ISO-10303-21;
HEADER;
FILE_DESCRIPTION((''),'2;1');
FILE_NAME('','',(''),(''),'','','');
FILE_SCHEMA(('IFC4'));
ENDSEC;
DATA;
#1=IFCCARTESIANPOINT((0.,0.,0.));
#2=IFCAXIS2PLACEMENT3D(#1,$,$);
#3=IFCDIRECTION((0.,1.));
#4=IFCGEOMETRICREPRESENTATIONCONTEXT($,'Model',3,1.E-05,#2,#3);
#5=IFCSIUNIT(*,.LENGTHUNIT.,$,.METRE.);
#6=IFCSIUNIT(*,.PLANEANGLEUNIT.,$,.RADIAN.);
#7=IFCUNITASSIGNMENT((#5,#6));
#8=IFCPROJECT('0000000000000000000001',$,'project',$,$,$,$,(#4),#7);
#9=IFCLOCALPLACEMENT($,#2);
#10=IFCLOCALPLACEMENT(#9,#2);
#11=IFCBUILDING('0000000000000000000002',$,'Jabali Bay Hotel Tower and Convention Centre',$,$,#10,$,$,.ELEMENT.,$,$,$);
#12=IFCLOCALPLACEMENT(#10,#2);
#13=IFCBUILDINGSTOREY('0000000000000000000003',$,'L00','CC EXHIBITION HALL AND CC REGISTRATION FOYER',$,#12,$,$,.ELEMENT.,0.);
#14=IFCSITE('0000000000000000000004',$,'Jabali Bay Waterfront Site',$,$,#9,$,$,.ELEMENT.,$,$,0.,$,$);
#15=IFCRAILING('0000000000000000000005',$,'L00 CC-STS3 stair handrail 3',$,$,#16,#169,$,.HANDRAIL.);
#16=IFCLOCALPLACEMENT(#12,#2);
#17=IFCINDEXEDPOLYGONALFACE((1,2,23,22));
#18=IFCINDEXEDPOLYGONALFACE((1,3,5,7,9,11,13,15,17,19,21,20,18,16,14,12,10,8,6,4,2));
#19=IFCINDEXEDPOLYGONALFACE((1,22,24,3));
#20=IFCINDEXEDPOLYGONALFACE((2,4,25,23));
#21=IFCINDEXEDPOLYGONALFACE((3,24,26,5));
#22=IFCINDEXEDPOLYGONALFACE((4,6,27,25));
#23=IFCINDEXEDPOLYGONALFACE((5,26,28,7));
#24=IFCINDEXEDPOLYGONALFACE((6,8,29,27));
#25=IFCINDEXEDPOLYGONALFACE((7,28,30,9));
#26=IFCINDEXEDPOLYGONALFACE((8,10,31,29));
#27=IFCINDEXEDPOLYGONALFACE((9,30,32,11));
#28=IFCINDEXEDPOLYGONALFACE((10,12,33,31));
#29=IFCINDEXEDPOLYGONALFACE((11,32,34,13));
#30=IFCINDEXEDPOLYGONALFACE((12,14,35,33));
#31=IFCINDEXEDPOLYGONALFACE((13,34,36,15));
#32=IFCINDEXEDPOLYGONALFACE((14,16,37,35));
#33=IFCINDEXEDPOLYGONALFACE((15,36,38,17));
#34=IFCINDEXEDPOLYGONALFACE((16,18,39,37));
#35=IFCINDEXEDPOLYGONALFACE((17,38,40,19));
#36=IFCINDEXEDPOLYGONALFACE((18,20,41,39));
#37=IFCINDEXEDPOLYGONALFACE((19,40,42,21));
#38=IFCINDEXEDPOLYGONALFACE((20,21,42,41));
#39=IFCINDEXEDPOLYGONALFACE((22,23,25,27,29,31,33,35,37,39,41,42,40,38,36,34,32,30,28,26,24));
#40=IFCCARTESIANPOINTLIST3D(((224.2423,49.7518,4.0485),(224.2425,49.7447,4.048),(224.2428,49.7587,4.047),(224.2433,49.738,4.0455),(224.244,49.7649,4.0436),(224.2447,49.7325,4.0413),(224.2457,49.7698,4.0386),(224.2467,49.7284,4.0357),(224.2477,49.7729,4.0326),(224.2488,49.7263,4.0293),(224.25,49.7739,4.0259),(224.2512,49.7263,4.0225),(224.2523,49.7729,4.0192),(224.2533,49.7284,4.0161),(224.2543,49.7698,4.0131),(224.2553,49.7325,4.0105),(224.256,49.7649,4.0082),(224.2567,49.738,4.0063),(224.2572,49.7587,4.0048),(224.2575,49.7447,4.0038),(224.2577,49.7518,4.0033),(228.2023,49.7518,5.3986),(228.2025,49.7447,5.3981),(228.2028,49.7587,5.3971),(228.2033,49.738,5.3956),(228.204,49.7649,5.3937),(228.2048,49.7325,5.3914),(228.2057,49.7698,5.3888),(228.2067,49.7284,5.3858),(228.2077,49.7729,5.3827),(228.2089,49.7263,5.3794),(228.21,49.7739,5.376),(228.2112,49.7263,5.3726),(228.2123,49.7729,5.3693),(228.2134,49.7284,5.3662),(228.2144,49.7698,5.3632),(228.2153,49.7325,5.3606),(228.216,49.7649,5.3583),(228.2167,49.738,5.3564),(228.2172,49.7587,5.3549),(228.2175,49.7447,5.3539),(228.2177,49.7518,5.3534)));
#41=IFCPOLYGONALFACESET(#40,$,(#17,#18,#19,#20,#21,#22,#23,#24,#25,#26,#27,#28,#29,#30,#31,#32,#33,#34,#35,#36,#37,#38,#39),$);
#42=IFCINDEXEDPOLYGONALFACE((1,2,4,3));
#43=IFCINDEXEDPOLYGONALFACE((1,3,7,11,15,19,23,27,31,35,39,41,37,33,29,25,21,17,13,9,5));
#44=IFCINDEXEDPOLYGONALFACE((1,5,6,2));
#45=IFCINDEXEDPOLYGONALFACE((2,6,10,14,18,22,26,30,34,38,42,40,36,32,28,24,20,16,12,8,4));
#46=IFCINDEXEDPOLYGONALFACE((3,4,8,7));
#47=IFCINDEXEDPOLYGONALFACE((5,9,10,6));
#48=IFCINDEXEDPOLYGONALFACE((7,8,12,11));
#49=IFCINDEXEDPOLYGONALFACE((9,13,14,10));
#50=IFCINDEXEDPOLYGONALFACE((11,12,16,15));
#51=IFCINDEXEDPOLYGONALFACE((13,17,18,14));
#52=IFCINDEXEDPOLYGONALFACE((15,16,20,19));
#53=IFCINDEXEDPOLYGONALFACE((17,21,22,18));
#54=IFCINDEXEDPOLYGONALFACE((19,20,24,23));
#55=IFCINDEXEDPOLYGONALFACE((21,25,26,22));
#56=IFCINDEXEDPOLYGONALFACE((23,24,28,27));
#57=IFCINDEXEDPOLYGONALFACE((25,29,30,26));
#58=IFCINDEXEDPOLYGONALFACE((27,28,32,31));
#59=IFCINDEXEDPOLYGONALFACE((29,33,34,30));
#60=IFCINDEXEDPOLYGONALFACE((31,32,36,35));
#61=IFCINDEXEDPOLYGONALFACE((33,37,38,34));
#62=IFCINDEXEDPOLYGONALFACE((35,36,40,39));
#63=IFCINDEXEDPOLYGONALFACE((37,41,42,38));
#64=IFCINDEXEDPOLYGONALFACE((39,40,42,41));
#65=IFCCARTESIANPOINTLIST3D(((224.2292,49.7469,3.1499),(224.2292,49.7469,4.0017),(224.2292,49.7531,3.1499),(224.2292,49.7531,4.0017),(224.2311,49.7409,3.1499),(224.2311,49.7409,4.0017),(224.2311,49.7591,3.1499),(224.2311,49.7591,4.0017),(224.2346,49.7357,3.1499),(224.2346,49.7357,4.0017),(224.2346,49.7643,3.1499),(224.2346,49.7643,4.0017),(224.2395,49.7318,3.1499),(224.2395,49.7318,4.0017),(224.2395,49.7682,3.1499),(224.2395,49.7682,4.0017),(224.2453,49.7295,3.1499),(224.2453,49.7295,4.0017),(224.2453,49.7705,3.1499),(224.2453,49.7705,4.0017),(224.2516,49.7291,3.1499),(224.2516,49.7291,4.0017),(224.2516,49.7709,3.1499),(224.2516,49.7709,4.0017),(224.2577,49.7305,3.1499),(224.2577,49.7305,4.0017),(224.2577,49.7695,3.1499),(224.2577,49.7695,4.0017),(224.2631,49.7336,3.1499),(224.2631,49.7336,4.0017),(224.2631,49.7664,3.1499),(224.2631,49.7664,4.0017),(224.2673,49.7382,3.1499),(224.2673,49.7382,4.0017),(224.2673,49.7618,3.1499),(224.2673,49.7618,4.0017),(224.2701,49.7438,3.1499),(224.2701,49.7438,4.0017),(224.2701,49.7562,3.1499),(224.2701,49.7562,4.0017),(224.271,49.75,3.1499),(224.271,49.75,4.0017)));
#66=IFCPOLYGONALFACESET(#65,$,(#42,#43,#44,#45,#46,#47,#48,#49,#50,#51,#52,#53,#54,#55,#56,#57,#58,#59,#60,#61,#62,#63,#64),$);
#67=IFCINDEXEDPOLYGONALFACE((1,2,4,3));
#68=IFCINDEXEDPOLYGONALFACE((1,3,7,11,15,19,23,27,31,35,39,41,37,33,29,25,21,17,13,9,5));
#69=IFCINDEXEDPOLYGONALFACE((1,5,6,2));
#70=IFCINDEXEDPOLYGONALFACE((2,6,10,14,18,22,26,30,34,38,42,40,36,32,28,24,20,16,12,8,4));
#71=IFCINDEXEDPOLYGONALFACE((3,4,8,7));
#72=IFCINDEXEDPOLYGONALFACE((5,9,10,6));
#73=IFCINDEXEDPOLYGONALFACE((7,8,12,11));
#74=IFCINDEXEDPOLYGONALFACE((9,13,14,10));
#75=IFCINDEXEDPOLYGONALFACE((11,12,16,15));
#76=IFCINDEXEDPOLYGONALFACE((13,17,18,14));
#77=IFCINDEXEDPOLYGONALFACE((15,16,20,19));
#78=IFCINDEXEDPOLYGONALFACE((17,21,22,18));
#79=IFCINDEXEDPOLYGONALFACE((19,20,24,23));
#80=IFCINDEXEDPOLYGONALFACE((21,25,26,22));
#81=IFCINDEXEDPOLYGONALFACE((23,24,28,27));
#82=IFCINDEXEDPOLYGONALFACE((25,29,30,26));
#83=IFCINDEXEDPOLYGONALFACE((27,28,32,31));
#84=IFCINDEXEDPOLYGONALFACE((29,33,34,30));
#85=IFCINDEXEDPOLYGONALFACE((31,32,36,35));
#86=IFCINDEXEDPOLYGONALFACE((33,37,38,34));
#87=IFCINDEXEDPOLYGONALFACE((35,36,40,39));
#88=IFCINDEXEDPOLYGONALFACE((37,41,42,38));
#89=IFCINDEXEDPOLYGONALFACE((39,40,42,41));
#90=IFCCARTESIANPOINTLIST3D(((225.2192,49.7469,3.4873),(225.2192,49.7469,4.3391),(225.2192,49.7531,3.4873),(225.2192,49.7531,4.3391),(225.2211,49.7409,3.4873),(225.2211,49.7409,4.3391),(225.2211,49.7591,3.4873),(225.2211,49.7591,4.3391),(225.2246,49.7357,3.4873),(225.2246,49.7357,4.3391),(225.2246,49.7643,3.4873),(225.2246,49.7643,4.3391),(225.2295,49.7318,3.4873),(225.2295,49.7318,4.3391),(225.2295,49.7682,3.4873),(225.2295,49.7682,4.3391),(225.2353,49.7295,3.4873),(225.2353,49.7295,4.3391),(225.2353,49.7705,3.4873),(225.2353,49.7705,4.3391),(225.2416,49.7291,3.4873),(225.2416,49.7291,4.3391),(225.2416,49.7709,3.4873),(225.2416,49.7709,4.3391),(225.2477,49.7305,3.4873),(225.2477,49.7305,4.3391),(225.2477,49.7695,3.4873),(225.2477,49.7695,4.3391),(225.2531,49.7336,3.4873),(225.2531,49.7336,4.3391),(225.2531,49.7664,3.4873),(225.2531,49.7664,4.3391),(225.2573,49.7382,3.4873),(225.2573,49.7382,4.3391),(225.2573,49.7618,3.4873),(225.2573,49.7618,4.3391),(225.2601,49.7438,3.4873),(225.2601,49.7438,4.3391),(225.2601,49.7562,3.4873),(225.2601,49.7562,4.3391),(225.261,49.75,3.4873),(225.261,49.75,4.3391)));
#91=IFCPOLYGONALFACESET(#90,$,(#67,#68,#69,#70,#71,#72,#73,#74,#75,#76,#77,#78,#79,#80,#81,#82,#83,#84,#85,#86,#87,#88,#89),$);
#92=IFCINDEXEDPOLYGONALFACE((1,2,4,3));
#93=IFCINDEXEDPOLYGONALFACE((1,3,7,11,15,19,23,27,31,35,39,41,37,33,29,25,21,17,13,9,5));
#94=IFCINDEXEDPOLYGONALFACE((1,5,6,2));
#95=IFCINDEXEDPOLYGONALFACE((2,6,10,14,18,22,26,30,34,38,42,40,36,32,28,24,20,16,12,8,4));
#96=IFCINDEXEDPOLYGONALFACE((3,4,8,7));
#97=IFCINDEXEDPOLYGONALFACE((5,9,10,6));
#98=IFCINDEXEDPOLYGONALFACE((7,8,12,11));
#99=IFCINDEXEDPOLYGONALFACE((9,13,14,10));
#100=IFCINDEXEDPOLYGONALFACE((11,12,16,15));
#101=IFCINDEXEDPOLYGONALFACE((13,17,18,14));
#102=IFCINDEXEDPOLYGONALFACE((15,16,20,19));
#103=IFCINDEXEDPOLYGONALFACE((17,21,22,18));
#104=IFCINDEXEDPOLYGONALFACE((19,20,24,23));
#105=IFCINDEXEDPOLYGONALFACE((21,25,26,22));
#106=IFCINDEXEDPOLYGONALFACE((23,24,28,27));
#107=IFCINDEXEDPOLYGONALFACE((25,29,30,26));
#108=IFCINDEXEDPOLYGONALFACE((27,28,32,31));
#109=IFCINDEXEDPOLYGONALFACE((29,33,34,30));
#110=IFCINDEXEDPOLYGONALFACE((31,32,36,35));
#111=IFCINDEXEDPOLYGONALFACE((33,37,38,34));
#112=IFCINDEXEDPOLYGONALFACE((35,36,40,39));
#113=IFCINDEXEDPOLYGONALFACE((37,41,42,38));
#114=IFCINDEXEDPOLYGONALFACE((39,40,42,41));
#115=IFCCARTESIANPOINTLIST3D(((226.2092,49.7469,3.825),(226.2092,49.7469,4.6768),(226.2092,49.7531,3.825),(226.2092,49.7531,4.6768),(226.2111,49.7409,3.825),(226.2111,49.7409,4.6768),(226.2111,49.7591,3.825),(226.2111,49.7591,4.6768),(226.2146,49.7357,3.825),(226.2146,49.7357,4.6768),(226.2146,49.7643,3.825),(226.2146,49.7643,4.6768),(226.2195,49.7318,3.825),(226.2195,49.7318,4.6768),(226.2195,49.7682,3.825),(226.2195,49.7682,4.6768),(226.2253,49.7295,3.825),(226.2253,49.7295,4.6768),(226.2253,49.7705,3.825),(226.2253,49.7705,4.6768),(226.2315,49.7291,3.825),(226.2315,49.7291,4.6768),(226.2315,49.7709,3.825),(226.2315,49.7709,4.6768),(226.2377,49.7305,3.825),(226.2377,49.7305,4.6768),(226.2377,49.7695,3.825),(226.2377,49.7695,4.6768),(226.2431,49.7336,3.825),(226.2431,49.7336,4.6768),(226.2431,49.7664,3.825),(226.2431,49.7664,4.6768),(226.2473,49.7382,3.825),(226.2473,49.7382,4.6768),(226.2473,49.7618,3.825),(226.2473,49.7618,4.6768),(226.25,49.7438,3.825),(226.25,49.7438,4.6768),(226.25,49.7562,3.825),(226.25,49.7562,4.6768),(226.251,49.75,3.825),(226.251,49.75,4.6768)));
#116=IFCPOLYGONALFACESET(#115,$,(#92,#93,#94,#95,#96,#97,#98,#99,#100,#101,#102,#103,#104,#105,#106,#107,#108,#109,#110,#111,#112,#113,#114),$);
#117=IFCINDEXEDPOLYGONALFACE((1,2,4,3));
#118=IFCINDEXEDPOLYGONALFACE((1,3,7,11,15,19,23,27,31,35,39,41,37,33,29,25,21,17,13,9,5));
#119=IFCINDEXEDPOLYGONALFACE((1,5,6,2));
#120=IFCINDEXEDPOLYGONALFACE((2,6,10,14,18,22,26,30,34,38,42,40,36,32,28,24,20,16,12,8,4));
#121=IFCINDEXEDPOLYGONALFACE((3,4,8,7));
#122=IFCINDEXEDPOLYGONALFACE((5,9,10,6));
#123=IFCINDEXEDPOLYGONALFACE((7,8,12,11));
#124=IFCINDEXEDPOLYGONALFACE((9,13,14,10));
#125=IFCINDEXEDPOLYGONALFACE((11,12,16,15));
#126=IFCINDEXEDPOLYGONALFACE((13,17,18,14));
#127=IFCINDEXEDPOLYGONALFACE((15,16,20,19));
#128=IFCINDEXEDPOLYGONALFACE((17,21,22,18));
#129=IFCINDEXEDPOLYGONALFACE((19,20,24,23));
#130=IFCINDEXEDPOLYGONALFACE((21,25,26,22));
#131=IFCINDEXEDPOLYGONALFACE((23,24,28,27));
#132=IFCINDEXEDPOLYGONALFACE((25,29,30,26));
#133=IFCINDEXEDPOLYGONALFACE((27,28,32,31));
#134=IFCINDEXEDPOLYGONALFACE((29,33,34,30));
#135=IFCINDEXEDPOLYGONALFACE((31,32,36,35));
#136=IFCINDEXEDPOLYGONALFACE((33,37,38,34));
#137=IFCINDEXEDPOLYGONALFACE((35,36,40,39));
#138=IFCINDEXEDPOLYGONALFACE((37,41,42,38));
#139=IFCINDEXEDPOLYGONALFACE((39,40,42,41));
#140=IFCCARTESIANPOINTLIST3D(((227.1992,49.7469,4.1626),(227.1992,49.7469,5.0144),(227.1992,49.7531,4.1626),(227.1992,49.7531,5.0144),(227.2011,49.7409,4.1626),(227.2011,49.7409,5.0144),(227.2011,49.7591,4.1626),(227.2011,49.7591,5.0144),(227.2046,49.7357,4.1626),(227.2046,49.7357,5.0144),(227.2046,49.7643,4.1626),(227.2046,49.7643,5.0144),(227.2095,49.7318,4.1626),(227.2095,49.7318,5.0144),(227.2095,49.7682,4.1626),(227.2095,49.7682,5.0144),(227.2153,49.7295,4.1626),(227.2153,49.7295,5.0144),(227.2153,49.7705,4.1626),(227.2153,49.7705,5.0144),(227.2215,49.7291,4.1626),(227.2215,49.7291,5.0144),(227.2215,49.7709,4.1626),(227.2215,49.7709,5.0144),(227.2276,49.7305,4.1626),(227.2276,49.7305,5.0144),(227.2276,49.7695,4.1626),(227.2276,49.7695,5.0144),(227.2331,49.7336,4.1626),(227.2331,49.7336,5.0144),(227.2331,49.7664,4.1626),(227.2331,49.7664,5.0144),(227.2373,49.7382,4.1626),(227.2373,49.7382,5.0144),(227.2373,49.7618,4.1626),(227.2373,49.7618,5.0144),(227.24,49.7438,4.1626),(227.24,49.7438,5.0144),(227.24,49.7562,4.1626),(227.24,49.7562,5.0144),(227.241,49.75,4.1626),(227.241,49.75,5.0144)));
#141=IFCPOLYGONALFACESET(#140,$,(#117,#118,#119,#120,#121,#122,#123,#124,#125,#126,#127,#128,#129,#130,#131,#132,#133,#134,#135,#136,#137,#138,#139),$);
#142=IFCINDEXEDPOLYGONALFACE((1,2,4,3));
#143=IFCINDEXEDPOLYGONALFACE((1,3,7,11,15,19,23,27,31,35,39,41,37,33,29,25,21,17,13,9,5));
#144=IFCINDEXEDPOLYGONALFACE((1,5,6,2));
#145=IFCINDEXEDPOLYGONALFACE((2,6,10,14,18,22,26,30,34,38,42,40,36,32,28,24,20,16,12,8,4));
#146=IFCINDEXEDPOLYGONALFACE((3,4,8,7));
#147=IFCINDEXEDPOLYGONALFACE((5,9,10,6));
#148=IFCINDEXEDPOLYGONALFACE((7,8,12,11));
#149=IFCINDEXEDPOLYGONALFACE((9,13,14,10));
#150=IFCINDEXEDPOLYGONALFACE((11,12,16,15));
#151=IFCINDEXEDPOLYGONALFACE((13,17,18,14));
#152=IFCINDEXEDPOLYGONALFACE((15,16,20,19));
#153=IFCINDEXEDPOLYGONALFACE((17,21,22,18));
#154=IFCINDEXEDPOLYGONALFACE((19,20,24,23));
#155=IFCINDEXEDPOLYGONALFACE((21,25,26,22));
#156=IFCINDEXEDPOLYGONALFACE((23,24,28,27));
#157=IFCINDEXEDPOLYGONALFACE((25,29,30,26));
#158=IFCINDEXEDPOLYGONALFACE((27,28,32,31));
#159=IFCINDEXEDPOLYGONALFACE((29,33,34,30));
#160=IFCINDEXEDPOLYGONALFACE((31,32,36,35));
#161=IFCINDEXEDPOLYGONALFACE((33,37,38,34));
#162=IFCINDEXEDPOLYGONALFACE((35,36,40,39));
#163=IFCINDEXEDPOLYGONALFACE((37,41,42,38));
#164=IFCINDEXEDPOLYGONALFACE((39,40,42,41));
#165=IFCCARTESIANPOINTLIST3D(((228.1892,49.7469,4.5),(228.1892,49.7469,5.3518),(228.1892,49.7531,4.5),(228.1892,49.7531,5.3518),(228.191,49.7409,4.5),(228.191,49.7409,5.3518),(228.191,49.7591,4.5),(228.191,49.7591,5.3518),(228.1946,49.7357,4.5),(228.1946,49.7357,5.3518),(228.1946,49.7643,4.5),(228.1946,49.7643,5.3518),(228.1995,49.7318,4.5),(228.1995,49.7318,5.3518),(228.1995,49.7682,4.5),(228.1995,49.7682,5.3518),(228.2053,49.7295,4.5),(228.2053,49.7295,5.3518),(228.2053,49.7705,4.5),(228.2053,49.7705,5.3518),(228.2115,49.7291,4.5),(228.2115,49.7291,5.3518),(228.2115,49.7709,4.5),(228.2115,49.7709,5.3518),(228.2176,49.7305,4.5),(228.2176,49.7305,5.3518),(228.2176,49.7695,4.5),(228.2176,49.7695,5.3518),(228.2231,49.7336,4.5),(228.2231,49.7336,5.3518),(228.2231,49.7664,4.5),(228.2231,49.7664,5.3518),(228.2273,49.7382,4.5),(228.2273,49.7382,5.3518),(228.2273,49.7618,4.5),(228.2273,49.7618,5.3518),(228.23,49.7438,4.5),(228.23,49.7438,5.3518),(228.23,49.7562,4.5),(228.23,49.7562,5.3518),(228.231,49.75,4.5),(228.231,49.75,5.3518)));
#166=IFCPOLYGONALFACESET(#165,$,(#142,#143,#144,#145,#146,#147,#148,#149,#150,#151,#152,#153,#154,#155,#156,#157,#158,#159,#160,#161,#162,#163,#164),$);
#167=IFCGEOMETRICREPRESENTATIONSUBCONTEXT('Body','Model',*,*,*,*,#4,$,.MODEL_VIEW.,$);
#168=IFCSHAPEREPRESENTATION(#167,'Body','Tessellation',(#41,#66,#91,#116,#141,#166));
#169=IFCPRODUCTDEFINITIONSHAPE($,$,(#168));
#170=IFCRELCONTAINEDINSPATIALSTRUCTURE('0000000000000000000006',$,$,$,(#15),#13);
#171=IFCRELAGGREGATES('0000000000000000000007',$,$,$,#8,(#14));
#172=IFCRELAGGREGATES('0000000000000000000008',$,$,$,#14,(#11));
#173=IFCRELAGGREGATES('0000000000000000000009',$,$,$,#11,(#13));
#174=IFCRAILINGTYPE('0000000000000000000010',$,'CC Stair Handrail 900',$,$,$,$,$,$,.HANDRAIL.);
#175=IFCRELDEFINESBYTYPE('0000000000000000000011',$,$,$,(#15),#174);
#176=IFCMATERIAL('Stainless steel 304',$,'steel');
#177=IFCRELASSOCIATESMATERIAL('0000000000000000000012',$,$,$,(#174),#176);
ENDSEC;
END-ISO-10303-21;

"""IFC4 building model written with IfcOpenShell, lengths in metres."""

from ifc_helpers import new_model, si_unit, direction, frame, origin, origin_2d, place, context, subcontext, project, spatial, circle, extrude, material, type_object, element, save


model = new_model("IFC4")

# Units and contexts
model_context = context("Model", 3, precision=1e-05, world=origin(), true_north=direction((0.0, 1.0)))
body_context = subcontext(model_context, "Body", "Model", "MODEL_VIEW")
ifc_project = project(units=[si_unit("LENGTHUNIT", "METRE"), si_unit("PLANEANGLEUNIT", "RADIAN")], contexts=[model_context])

# Site, building, storey
site_placement = place(None, origin())
site = spatial("IfcSite", under=ifc_project, at=site_placement, Name="Jabali Bay Waterfront Site", CompositionType="ELEMENT", RefElevation=0.0)
building_placement = place(site_placement, origin())
building = spatial("IfcBuilding", under=site, at=building_placement, Name="Jabali Bay Hotel Tower and Convention Centre", CompositionType="ELEMENT")
storey_placement = place(building_placement, origin())
storey = spatial("IfcBuildingStorey", under=building, at=storey_placement, Name="L00", Description="CC EXHIBITION HALL AND CC REGISTRATION FOYER", CompositionType="ELEMENT", Elevation=0.0)

# Railing
ifc_material_1 = material(Name="Stainless steel 304", Category="steel")
railing_type_1 = type_object("IfcRailingType", Name="CC Stair Handrail 900", PredefinedType="HANDRAIL", material=ifc_material_1)
railing_1_placement = place(storey_placement, frame((224.25, 49.75, 3.1499)))
element("IfcRailing", 1, at=railing_1_placement, inside=storey, type_object=railing_type_1, Name="L00 CC-STS3 stair handrail 3", PredefinedType="HANDRAIL", context=body_context, shape_type="SweptSolid", body=[
    extrude(circle(Radius=0.0239, at=origin_2d()), frame((0.0, 0.0, 0.876), z_axis=(0.946502, 0.0, 0.322698), x_axis=(0.0, 1.0, 0.0)), (0.0, 0.0, 1.0), 4.1838),
    extrude(circle(Radius=0.021, at=origin_2d()), origin(), (0.0, 0.0, 1.0), 0.8518),
    extrude(circle(Radius=0.021, at=origin_2d()), frame((0.99, 0.0, 0.3374)), (0.0, 0.0, 1.0), 0.8518),
    extrude(circle(Radius=0.021, at=origin_2d()), frame((1.98, 0.0, 0.675)), (0.0, 0.0, 1.0), 0.8518),
    extrude(circle(Radius=0.021, at=origin_2d()), frame((2.97, 0.0, 1.0127)), (0.0, 0.0, 1.0), 0.8518),
    extrude(circle(Radius=0.021, at=origin_2d()), frame((3.96, 0.0, 1.3501)), (0.0, 0.0, 1.0), 0.8518),
])

save(model, "model.ifc")
